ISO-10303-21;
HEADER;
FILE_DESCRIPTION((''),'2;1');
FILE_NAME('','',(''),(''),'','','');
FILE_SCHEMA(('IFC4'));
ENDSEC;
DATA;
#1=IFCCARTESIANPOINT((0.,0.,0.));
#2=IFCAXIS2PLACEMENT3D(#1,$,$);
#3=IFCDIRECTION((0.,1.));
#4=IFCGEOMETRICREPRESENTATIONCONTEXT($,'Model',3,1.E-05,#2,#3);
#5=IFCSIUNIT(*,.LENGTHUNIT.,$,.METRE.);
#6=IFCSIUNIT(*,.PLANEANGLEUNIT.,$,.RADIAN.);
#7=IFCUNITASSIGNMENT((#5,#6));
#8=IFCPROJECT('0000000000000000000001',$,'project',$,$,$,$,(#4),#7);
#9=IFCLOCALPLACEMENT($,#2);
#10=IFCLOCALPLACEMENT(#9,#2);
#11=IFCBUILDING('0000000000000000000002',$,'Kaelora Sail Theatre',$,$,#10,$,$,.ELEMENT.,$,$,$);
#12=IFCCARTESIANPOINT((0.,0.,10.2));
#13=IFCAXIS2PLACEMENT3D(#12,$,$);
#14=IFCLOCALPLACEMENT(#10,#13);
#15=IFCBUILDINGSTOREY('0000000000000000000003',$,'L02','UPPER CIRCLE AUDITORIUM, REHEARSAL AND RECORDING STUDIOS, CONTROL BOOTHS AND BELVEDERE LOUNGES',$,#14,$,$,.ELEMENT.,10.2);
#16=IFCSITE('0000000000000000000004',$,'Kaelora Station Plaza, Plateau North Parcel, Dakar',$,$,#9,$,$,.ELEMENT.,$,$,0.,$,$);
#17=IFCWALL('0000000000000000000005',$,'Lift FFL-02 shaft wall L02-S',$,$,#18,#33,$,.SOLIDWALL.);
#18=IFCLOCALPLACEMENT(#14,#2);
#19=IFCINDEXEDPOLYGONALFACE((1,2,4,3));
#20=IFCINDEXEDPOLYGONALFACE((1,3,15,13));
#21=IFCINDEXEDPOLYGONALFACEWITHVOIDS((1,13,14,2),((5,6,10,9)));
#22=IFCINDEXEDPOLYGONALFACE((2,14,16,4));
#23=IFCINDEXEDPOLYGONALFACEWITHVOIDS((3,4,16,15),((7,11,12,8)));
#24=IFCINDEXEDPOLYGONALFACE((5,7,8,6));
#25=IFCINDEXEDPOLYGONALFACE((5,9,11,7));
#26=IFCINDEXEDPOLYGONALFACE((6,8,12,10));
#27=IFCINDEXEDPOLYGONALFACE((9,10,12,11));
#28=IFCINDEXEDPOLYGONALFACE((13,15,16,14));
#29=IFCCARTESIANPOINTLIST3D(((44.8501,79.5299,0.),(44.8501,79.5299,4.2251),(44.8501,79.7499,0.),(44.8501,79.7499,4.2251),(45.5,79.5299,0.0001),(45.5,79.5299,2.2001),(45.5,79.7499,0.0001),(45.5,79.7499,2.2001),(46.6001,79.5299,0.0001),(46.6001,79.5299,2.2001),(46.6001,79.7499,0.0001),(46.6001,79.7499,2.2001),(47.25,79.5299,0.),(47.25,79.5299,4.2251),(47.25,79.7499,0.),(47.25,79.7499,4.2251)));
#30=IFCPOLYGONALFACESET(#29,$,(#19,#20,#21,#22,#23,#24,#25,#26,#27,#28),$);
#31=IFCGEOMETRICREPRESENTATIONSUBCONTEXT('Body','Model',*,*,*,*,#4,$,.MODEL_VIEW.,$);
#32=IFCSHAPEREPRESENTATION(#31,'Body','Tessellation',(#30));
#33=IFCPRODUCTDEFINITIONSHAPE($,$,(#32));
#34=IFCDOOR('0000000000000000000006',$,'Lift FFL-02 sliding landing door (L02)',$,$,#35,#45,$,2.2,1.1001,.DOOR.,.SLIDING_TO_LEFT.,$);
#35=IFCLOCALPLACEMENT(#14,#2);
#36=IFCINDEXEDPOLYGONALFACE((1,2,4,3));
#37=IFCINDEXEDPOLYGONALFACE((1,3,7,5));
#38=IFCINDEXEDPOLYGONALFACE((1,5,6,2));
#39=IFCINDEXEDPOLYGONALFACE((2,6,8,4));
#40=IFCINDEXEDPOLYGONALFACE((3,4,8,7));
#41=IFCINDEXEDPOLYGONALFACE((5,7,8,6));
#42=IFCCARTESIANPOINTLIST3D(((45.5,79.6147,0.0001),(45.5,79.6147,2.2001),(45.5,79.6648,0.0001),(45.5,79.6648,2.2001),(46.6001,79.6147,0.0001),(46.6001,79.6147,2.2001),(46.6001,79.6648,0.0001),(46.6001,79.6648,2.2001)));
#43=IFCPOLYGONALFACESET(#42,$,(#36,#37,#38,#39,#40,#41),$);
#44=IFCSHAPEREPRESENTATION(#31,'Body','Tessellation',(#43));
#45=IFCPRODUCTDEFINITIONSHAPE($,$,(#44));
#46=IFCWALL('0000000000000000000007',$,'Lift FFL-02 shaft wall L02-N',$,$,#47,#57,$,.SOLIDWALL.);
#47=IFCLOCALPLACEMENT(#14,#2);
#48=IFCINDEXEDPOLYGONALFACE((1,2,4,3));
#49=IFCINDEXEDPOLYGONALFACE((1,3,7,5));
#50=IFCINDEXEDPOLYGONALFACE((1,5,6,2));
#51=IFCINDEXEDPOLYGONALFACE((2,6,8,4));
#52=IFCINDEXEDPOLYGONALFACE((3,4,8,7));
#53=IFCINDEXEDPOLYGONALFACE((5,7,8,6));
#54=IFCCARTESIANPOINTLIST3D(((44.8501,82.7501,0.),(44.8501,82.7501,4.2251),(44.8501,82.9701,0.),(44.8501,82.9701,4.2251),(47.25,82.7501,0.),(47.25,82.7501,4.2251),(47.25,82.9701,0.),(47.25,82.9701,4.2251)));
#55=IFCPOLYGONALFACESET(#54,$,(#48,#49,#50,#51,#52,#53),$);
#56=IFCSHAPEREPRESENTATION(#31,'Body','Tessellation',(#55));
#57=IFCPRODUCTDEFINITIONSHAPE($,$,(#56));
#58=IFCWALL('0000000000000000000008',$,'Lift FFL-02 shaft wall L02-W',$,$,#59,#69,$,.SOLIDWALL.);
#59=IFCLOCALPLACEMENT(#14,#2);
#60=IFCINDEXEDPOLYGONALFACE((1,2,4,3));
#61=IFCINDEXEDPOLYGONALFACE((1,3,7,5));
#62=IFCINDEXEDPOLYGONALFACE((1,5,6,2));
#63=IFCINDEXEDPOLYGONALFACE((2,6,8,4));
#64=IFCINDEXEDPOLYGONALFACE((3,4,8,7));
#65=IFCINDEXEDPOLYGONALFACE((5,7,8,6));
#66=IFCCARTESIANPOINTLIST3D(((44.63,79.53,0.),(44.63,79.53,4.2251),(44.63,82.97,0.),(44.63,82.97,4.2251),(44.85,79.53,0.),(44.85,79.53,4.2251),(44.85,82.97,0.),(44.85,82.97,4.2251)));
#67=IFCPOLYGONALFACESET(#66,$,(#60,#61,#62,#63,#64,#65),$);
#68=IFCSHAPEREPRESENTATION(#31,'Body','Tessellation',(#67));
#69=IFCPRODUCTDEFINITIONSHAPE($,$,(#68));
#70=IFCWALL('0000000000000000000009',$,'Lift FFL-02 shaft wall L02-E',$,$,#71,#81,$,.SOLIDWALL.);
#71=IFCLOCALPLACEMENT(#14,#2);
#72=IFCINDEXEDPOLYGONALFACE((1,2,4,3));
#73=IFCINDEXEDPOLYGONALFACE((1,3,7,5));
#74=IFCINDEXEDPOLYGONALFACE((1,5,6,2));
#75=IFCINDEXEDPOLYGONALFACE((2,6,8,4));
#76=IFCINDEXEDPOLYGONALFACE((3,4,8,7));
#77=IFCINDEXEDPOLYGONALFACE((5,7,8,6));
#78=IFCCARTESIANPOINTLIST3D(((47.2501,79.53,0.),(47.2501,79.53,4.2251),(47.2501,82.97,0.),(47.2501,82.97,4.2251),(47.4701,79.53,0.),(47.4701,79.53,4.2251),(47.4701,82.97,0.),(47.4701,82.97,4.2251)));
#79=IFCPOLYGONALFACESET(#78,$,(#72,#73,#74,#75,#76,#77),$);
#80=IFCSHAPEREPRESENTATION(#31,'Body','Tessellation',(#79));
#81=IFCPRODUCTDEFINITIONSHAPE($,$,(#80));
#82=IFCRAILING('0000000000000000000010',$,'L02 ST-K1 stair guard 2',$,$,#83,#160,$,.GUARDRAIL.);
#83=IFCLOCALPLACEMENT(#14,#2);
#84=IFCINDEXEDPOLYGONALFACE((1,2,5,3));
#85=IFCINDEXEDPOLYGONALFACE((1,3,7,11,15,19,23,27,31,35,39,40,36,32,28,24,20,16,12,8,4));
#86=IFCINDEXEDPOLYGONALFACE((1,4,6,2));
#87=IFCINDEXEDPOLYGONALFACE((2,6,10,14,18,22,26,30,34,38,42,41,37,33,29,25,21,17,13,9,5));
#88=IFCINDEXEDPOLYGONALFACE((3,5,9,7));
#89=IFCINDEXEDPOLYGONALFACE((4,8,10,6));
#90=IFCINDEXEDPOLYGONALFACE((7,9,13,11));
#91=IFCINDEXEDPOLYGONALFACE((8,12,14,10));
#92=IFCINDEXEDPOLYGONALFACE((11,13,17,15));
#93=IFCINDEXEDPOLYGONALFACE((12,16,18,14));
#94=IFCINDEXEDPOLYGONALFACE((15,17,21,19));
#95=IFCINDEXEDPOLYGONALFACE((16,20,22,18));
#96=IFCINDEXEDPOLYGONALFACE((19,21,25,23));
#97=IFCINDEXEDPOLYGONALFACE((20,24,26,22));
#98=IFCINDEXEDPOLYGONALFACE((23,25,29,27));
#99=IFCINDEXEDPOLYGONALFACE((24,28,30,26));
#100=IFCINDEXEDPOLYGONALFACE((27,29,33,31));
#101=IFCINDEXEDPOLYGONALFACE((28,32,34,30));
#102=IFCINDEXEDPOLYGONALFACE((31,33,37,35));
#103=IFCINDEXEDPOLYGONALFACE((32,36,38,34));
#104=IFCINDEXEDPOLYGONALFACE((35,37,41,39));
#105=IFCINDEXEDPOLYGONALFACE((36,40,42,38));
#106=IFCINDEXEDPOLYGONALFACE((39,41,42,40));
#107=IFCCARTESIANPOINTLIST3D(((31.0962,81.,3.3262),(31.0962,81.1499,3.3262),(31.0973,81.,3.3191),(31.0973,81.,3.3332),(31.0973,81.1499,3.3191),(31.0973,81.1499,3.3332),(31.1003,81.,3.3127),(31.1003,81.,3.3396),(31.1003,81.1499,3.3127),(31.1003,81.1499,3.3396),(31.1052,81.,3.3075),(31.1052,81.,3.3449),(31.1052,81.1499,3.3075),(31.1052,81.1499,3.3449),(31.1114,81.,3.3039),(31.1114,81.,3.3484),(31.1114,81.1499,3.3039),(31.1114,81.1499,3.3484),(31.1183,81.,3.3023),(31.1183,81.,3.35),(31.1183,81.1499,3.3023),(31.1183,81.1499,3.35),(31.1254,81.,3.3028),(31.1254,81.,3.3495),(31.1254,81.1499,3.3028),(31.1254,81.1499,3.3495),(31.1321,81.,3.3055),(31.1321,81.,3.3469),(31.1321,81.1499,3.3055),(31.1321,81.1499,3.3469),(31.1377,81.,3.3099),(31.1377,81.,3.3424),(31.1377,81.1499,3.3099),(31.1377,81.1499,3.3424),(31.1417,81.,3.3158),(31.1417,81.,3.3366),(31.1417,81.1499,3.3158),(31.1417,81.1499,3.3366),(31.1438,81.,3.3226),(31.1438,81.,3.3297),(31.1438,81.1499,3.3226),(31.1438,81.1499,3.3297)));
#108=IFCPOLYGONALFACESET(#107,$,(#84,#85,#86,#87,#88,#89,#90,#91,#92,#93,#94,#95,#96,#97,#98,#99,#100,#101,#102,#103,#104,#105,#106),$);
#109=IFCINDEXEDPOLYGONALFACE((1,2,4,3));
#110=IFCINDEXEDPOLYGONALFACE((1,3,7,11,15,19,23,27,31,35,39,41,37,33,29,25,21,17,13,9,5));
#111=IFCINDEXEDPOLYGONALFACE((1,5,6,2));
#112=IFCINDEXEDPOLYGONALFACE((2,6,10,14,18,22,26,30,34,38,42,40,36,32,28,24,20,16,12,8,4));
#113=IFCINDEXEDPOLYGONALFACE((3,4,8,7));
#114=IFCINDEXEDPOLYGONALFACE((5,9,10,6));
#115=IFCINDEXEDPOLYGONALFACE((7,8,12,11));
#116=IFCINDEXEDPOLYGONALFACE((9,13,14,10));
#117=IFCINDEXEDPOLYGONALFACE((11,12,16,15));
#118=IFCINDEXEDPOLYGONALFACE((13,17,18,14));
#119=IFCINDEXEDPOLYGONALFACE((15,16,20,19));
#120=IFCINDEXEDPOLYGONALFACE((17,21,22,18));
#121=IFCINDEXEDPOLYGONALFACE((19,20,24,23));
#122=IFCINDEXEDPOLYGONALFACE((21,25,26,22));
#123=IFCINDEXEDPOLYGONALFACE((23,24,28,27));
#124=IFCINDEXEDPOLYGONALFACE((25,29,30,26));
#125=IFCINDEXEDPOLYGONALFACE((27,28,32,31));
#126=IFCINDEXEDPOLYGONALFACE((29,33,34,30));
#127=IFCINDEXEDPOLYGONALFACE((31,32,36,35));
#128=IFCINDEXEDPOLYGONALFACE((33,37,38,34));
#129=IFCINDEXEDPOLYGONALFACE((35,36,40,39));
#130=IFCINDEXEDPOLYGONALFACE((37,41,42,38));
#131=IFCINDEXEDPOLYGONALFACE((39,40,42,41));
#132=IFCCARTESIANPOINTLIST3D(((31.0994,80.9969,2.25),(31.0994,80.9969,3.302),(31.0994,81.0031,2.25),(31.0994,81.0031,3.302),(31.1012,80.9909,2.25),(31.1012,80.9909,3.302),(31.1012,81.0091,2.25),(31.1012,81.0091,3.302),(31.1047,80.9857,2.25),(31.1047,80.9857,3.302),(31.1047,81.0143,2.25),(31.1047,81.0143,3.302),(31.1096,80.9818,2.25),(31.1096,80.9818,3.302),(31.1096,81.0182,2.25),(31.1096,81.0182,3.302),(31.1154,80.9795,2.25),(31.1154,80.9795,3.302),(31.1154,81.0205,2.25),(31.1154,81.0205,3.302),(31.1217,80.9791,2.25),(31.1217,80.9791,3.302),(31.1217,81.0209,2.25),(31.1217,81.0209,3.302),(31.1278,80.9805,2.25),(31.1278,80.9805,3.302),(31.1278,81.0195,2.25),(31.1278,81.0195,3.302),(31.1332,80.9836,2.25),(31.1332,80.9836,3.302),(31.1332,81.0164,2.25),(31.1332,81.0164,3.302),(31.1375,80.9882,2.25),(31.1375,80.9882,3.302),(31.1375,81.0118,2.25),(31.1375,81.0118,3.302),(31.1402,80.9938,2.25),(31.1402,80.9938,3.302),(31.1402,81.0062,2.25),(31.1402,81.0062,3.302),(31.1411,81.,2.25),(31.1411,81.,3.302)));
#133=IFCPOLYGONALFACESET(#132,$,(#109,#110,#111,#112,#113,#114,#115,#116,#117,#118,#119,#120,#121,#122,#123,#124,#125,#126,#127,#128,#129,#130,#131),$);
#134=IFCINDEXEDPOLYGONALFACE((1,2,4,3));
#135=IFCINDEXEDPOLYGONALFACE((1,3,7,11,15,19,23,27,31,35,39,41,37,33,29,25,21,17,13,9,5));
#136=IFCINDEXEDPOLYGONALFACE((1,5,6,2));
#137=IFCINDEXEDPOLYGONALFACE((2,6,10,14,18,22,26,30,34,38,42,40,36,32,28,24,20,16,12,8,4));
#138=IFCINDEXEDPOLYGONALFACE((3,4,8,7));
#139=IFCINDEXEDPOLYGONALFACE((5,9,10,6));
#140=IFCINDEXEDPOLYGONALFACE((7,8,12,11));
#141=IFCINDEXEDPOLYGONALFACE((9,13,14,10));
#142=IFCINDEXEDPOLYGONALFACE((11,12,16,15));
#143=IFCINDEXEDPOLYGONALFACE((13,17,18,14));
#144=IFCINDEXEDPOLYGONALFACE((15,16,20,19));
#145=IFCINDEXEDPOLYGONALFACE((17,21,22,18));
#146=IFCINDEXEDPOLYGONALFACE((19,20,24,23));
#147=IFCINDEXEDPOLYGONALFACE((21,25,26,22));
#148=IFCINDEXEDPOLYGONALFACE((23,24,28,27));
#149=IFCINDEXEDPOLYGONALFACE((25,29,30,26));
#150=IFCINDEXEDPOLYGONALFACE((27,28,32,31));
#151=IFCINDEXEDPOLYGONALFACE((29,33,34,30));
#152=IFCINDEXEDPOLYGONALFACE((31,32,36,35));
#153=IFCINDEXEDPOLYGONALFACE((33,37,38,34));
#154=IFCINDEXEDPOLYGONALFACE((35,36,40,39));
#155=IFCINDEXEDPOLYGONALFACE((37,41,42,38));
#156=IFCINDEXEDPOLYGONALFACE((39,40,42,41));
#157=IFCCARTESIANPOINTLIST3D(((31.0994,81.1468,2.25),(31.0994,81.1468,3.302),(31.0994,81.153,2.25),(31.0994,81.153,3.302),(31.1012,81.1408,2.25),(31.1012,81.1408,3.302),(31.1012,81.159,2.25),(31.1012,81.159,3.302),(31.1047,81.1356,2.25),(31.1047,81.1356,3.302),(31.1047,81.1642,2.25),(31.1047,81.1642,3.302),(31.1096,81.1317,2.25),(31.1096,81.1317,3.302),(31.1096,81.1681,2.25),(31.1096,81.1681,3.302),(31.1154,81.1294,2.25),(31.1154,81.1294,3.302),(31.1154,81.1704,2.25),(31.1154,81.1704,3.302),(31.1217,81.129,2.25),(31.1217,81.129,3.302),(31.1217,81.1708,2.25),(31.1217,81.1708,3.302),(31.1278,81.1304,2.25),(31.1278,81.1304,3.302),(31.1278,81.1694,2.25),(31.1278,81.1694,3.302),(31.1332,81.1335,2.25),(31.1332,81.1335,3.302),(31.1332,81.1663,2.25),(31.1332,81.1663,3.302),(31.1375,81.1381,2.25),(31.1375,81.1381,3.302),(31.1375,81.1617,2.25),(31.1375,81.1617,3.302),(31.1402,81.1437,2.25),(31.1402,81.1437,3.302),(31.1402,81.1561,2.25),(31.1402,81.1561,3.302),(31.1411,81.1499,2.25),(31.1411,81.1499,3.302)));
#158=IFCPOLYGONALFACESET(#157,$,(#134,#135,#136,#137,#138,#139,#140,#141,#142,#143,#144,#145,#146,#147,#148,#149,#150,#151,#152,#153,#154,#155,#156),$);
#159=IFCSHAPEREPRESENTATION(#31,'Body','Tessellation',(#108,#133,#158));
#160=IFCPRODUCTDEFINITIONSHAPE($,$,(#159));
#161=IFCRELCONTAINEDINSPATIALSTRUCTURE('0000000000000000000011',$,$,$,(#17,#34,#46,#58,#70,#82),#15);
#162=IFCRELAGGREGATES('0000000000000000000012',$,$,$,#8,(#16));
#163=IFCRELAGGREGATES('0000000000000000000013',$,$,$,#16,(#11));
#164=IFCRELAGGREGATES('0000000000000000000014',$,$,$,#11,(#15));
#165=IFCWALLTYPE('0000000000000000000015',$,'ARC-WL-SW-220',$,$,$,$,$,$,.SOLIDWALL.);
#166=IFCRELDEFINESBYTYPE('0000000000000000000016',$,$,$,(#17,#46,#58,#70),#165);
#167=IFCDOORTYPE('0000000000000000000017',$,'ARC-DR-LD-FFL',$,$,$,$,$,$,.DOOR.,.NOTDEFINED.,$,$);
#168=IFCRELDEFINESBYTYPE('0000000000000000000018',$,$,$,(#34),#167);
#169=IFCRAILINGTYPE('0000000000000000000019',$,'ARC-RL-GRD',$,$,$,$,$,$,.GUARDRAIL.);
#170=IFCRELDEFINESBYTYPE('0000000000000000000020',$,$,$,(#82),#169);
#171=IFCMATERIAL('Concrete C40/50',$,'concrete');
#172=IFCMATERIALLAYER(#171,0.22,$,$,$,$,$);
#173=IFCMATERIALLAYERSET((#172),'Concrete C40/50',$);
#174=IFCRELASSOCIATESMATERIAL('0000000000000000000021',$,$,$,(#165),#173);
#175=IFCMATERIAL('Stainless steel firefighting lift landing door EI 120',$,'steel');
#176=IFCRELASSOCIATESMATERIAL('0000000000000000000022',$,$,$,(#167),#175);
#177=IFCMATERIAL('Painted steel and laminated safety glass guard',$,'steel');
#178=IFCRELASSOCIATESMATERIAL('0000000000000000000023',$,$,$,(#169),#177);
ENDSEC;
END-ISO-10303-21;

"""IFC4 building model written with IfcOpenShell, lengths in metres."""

from ifc_helpers import new_model, si_unit, direction, frame, frame_2d, origin, origin_2d, place, context, subcontext, project, spatial, rectangle, circle, extrude, material, layer, layer_set, type_object, element, fill, save


model = new_model("IFC4")

# Units and contexts
model_context = context("Model", 3, precision=1e-05, world=origin(), true_north=direction((0.0, 1.0)))
body_context = subcontext(model_context, "Body", "Model", "MODEL_VIEW")
ifc_project = project(units=[si_unit("LENGTHUNIT", "METRE"), si_unit("PLANEANGLEUNIT", "RADIAN")], contexts=[model_context])

# Site, building, storey
site_placement = place(None, origin())
site = spatial("IfcSite", under=ifc_project, at=site_placement, Name="Kaelora Station Plaza, Plateau North Parcel, Dakar", CompositionType="ELEMENT", RefElevation=0.0)
building_placement = place(site_placement, origin())
building = spatial("IfcBuilding", under=site, at=building_placement, Name="Kaelora Sail Theatre", CompositionType="ELEMENT")
storey_placement = place(building_placement, frame((0.0, 0.0, 10.2)))
storey = spatial("IfcBuildingStorey", under=building, at=storey_placement, Name="L02", Description="UPPER CIRCLE AUDITORIUM, REHEARSAL AND RECORDING STUDIOS, CONTROL BOOTHS AND BELVEDERE LOUNGES", CompositionType="ELEMENT", Elevation=10.2)

# Shared definitions
ifc_material_1 = material(Name="Concrete C40/50", Category="concrete")
ifc_layer_1 = layer(ifc_material_1, 0.22)
ifc_layer_set_1 = layer_set([ifc_layer_1], Name="Concrete C40/50")
wall_type_1 = type_object("IfcWallType", Name="ARC-WL-SW-220", PredefinedType="SOLIDWALL", material=ifc_layer_set_1)
ifc_material_2 = material(Name="Stainless steel firefighting lift landing door EI 120", Category="steel")
door_type_1 = type_object("IfcDoorType", Name="ARC-DR-LD-FFL", OperationType="NOTDEFINED", PredefinedType="DOOR", material=ifc_material_2)

# Wall, opening, door
wall_1_placement = place(storey_placement, frame((44.8501, 79.6399, 0.0), z_axis=(0.0, 0.0, 1.0), x_axis=(1.0, 0.0, 0.0)))
wall_1 = element("IfcWall", 1, at=wall_1_placement, inside=storey, type_object=wall_type_1, Name="Lift FFL-02 shaft wall L02-S", PredefinedType="SOLIDWALL", context=body_context, shape_type="SweptSolid", body=[
    extrude(rectangle(XDim=2.3999, YDim=0.22, at=frame_2d((1.2, 0.0))), origin(), (0.0, 0.0, 1.0), 4.2251),
])
opening_1_placement = place(wall_1_placement, frame((0.6499, 0.0, 0.0)))
opening_1 = element("IfcOpeningElement", 2, at=opening_1_placement, cuts=wall_1, PredefinedType="OPENING", context=body_context, shape_type="SweptSolid", body=[
    extrude(rectangle(XDim=1.1001, YDim=2.2, at=frame_2d((0.55, 1.1001))), frame((0.0, 0.1199, 0.0), z_axis=(0.0, -1.0, 0.0), x_axis=(1.0, 0.0, 0.0)), (0.0, 0.0, 1.0), 0.24),
])
door_1_placement = place(opening_1_placement, origin())
door_1 = element("IfcDoor", 3, at=door_1_placement, inside=storey, type_object=door_type_1, Name="Lift FFL-02 sliding landing door (L02)", OperationType="SLIDING_TO_LEFT", OverallHeight=2.2, OverallWidth=1.1001, PredefinedType="DOOR", context=body_context, shape_type="SweptSolid", body=[
    extrude(rectangle(XDim=1.1001, YDim=2.2, at=frame_2d((0.55, 1.1001))), frame((0.0, 0.0249, 0.0), z_axis=(0.0, -1.0, 0.0), x_axis=(1.0, 0.0, 0.0)), (0.0, 0.0, 1.0), 0.05),
])
fill(opening_1, door_1)

# Walls
wall_2_placement = place(storey_placement, frame((44.8501, 82.8601, 0.0), z_axis=(0.0, 0.0, 1.0), x_axis=(1.0, 0.0, 0.0)))
element("IfcWall", 4, at=wall_2_placement, inside=storey, type_object=wall_type_1, Name="Lift FFL-02 shaft wall L02-N", PredefinedType="SOLIDWALL", context=body_context, shape_type="SweptSolid", body=[
    extrude(rectangle(XDim=2.3999, YDim=0.22, at=frame_2d((1.2, 0.0))), origin(), (0.0, 0.0, 1.0), 4.2251),
])
for number, where, z_axis, x_axis, name in (
    (5, (44.74, 79.53, 0.0), (0.0, 0.0, 1.0), (0.0, 1.0, 0.0), "Lift FFL-02 shaft wall L02-W"),
    (6, (47.3601, 79.53, 0.0), (0.0, 0.0, 1.0), (0.0, 1.0, 0.0), "Lift FFL-02 shaft wall L02-E"),
):
    element("IfcWall", number, at=place(storey_placement, frame(where, z_axis=z_axis, x_axis=x_axis)), inside=storey, type_object=wall_type_1, Name=name, PredefinedType="SOLIDWALL", context=body_context, shape_type="SweptSolid", body=[
        extrude(rectangle(XDim=3.4399, YDim=0.22, at=frame_2d((1.72, 0.0))), origin(), (0.0, 0.0, 1.0), 4.2251),
    ])

# Railing
ifc_material_3 = material(Name="Painted steel and laminated safety glass guard", Category="steel")
railing_type_1 = type_object("IfcRailingType", Name="ARC-RL-GRD", PredefinedType="GUARDRAIL", material=ifc_material_3)
railing_1_placement = place(storey_placement, frame((31.1201, 81.0, 2.25)))
element("IfcRailing", 7, at=railing_1_placement, inside=storey, type_object=railing_type_1, Name="L02 ST-K1 stair guard 2", PredefinedType="GUARDRAIL", context=body_context, shape_type="SweptSolid", body=[
    extrude(circle(Radius=0.0239, at=origin_2d()), frame((0.0, 0.0, 1.0762), z_axis=(0.0, 1.0, 0.0), x_axis=(-1.0, 0.0, 0.0)), (0.0, 0.0, 1.0), 0.1499),
    extrude(circle(Radius=0.021, at=origin_2d()), origin(), (0.0, 0.0, 1.0), 1.052),
    extrude(circle(Radius=0.021, at=origin_2d()), frame((0.0, 0.1499, 0.0)), (0.0, 0.0, 1.0), 1.052),
])

save(model, "model.ifc")
